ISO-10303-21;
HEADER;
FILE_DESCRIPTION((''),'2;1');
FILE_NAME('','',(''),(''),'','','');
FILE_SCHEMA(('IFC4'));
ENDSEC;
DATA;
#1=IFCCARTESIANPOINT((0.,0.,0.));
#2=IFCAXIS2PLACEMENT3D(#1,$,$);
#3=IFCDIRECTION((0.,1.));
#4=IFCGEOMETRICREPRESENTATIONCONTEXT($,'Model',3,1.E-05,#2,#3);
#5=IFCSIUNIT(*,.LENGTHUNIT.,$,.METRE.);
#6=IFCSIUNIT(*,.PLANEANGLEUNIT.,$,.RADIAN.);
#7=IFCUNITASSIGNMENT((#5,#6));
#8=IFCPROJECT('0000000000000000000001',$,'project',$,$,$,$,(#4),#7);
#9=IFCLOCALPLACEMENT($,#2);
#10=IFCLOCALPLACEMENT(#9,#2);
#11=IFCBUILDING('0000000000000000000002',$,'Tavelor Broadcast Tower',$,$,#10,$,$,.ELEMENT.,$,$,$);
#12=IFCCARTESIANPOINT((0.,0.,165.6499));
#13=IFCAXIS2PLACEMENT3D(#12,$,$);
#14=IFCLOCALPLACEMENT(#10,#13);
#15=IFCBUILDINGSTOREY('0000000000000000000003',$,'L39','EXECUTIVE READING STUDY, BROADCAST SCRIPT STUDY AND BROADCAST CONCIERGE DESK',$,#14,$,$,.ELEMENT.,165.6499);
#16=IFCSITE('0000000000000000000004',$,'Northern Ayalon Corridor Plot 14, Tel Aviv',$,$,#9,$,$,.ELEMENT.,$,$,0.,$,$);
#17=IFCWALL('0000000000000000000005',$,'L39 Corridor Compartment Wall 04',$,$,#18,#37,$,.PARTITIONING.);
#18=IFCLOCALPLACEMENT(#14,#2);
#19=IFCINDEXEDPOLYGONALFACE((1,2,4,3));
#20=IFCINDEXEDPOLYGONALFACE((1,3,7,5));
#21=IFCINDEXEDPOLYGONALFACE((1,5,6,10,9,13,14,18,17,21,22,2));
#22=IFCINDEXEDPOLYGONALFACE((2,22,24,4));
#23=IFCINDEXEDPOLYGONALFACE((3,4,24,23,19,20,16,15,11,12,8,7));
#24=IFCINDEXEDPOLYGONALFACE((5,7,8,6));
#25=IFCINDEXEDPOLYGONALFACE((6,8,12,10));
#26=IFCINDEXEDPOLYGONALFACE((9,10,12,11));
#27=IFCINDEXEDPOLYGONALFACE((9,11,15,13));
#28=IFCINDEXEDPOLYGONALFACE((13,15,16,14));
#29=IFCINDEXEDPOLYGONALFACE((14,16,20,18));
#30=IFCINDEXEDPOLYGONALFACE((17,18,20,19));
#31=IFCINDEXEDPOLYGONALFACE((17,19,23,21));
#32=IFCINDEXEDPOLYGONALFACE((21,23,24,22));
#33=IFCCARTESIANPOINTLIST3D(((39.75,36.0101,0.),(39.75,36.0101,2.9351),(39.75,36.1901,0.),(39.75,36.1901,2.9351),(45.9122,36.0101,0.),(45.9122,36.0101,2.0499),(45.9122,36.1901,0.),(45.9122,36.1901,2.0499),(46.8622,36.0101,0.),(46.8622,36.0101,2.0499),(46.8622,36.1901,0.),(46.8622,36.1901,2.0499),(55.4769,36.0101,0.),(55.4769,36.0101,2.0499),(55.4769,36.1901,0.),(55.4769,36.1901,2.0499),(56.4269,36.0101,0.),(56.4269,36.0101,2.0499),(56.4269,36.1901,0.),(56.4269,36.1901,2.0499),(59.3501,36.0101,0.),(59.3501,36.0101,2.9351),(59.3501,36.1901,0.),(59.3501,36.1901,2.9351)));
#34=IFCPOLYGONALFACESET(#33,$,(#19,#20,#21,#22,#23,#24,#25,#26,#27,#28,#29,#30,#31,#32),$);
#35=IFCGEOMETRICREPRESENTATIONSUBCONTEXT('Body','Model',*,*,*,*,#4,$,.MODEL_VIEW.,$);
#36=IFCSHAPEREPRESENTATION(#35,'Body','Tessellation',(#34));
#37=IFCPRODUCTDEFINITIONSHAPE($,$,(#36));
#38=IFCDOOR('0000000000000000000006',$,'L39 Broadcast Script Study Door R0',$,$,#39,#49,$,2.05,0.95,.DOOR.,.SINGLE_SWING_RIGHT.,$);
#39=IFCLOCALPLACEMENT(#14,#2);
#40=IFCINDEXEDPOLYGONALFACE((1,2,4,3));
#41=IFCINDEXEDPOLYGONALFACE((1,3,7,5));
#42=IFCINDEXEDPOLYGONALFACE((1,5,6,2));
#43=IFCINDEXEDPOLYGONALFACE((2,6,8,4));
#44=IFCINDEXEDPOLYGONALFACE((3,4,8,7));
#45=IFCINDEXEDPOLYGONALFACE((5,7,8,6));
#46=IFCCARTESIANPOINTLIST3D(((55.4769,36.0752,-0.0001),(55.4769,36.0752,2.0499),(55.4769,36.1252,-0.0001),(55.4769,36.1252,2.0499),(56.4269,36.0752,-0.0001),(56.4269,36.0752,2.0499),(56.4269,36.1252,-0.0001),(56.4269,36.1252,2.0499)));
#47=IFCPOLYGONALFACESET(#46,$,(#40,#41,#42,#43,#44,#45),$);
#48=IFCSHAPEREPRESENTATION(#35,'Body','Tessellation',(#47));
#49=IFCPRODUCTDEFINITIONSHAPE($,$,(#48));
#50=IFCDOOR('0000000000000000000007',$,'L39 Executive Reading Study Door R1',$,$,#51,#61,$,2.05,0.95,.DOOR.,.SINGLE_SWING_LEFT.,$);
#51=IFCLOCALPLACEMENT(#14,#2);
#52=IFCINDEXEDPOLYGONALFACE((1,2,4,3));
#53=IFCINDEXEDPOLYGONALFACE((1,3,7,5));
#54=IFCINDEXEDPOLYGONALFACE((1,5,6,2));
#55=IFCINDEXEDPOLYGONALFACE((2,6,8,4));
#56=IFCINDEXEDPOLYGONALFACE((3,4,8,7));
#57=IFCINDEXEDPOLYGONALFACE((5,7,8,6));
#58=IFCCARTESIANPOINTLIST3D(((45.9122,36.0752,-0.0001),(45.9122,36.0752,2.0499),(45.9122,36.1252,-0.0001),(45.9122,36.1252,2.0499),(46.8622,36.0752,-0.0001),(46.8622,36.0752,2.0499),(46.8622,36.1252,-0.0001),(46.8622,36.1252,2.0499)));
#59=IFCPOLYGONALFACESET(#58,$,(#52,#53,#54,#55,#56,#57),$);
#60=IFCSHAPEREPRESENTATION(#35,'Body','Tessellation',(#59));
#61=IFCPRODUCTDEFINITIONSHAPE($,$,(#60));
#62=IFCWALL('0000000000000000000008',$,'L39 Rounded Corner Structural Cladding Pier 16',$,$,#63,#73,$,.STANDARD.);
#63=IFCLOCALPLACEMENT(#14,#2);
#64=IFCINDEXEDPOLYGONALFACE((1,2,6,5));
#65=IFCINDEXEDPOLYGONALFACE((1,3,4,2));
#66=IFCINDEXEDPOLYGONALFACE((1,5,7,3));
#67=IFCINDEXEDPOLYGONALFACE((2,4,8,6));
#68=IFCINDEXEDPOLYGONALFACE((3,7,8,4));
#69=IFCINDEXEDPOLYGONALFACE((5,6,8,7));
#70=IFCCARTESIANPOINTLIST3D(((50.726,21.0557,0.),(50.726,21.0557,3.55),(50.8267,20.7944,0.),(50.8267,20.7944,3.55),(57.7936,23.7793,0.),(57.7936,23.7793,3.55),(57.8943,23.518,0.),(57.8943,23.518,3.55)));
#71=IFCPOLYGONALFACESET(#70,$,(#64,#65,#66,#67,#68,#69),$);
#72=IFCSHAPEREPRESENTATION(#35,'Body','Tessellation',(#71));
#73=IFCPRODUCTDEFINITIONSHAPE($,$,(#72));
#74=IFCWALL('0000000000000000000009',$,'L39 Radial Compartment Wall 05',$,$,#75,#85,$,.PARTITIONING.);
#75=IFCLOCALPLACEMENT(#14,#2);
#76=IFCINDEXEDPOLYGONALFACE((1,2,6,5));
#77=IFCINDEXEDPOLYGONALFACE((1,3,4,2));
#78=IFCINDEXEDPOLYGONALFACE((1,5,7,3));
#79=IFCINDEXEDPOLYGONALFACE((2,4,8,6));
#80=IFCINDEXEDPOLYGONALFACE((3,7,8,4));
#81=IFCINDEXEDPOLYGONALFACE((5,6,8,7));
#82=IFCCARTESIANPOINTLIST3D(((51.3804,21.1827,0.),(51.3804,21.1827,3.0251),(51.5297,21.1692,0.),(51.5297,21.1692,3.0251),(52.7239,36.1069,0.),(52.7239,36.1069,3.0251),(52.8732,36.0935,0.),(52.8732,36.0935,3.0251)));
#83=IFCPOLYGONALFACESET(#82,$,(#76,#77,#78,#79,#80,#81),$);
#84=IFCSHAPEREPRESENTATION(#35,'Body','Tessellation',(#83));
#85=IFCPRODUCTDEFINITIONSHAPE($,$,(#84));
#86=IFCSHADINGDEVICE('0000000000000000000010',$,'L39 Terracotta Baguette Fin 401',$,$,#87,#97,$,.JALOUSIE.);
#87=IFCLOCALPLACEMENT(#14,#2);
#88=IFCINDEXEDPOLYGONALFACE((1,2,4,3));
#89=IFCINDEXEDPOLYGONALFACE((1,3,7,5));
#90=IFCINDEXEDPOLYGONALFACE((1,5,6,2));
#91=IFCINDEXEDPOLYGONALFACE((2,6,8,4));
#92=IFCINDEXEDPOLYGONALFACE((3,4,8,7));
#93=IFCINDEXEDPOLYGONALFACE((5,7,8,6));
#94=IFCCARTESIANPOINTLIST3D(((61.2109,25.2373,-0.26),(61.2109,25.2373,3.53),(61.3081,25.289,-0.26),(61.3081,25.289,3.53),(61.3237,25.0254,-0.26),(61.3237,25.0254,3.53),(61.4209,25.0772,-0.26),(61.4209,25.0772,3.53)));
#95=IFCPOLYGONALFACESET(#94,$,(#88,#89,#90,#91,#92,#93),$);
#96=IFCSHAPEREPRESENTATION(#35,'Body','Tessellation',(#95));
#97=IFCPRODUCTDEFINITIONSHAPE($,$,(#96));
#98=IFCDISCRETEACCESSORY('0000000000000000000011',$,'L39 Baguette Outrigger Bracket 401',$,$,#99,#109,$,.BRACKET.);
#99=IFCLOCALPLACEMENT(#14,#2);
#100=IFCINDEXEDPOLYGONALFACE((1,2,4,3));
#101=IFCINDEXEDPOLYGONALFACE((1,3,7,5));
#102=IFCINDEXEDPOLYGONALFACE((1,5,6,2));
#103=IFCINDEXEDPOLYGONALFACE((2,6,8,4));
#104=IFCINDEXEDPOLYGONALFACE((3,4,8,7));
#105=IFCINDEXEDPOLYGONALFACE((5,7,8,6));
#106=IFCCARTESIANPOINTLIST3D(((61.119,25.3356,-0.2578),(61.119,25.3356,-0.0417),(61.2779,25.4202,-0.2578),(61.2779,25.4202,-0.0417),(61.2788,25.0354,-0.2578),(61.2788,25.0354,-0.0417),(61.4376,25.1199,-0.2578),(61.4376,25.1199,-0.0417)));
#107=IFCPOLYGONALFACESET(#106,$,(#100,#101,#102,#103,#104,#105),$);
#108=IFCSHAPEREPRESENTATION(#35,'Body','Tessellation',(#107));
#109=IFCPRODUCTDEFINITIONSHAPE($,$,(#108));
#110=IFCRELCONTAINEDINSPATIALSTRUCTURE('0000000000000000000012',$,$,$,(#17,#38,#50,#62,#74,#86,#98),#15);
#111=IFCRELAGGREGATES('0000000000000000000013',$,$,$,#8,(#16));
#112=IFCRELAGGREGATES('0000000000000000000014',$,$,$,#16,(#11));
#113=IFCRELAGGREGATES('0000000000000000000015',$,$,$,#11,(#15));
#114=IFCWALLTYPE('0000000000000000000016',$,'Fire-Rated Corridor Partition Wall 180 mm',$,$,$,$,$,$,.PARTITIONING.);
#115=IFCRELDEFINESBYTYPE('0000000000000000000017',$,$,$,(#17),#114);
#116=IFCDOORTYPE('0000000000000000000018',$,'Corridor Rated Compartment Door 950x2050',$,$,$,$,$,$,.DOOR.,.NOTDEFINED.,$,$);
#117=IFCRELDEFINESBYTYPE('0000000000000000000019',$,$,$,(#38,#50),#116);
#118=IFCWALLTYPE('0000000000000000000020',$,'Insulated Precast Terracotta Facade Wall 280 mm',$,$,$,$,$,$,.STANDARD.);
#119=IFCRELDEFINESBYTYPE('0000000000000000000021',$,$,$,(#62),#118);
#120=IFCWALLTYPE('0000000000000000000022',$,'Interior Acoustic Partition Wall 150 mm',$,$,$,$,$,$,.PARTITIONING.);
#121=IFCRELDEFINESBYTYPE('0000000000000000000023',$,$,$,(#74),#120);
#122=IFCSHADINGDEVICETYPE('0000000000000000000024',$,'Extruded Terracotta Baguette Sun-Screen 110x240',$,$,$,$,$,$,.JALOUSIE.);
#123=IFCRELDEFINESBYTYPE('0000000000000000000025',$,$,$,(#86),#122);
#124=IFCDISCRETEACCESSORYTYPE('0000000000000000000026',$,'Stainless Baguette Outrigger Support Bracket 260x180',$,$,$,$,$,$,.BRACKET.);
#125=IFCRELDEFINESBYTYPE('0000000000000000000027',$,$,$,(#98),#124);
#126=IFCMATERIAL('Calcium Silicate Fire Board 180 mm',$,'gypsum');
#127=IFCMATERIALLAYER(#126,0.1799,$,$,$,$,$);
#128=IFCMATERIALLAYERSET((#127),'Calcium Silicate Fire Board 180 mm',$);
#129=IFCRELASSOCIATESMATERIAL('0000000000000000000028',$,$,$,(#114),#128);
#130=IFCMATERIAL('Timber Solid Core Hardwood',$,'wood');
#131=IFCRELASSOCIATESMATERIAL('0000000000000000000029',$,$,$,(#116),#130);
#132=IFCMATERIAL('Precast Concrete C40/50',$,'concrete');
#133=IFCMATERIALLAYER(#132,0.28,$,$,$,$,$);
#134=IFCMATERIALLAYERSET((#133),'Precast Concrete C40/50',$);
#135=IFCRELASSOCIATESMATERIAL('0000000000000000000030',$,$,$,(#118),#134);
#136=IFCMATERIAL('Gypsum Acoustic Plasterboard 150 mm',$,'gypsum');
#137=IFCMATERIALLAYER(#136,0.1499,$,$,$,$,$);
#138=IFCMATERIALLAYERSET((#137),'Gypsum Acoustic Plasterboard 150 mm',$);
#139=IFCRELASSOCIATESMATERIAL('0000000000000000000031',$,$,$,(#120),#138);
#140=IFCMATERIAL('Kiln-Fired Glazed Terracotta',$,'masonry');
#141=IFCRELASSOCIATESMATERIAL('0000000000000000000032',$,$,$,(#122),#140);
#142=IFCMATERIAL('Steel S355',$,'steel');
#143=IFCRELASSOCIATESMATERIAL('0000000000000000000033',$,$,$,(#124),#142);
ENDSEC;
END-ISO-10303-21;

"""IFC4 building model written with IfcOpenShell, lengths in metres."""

from ifc_helpers import new_model, si_unit, direction, frame, frame_2d, origin, origin_2d, place, context, subcontext, project, spatial, rectangle, extrude, source, transform, mapped, material, layer, layer_set, type_object, type_shapes, element, fill, save


model = new_model("IFC4")

# Units and contexts
model_context = context("Model", 3, precision=1e-05, world=origin(), true_north=direction((0.0, 1.0)))
body_context = subcontext(model_context, "Body", "Model", "MODEL_VIEW")
ifc_project = project(units=[si_unit("LENGTHUNIT", "METRE"), si_unit("PLANEANGLEUNIT", "RADIAN")], contexts=[model_context])

# Site, building, storey
site_placement = place(None, origin())
site = spatial("IfcSite", under=ifc_project, at=site_placement, Name="Northern Ayalon Corridor Plot 14, Tel Aviv", CompositionType="ELEMENT", RefElevation=0.0)
building_placement = place(site_placement, origin())
building = spatial("IfcBuilding", under=site, at=building_placement, Name="Tavelor Broadcast Tower", CompositionType="ELEMENT")
storey_placement = place(building_placement, frame((0.0, 0.0, 165.6499)))
storey = spatial("IfcBuildingStorey", under=building, at=storey_placement, Name="L39", Description="EXECUTIVE READING STUDY, BROADCAST SCRIPT STUDY AND BROADCAST CONCIERGE DESK", CompositionType="ELEMENT", Elevation=165.6499)

# Shared definitions
ifc_material_1 = material(Name="Steel S355", Category="steel")

# Wall, openings, doors
ifc_material_2 = material(Name="Calcium Silicate Fire Board 180 mm", Category="gypsum")
ifc_layer_1 = layer(ifc_material_2, 0.1799)
ifc_layer_set_1 = layer_set([ifc_layer_1], Name="Calcium Silicate Fire Board 180 mm")
wall_type_1 = type_object("IfcWallType", Name="Fire-Rated Corridor Partition Wall 180 mm", PredefinedType="PARTITIONING", material=ifc_layer_set_1)
wall_1_placement = place(storey_placement, frame((59.3501, 36.1001, 0.0), z_axis=(0.0, 0.0, 1.0), x_axis=(-1.0, 0.0, 0.0)))
wall_1 = element("IfcWall", 1, at=wall_1_placement, inside=storey, type_object=wall_type_1, Name="L39 Corridor Compartment Wall 04", PredefinedType="PARTITIONING", context=body_context, shape_type="SweptSolid", body=[
    extrude(rectangle(XDim=19.6001, YDim=0.1799, at=frame_2d((9.8, 0.0))), origin(), (0.0, 0.0, 1.0), 2.9351),
])
opening_1_placement = place(wall_1_placement, frame((2.9231, 0.0, 0.0)))
opening_1 = element("IfcOpeningElement", 2, at=opening_1_placement, cuts=wall_1, PredefinedType="OPENING", context=body_context, shape_type="SweptSolid", body=[
    extrude(rectangle(XDim=0.95, YDim=2.05, at=frame_2d((0.4751, 1.0249))), frame((0.0, 0.1001, 0.0), z_axis=(0.0, -1.0, 0.0), x_axis=(1.0, 0.0, 0.0)), (0.0, 0.0, 1.0), 0.2),
])
opening_2_placement = place(wall_1_placement, frame((12.4878, 0.0, 0.0)))
opening_2 = element("IfcOpeningElement", 3, at=opening_2_placement, cuts=wall_1, PredefinedType="OPENING", context=body_context, shape_type="SweptSolid", body=[
    extrude(rectangle(XDim=0.95, YDim=2.05, at=frame_2d((0.4751, 1.0249))), frame((0.0, 0.1001, 0.0), z_axis=(0.0, -1.0, 0.0), x_axis=(1.0, 0.0, 0.0)), (0.0, 0.0, 1.0), 0.2),
])
ifc_material_3 = material(Name="Timber Solid Core Hardwood", Category="wood")
door_type = type_object("IfcDoorType", Name="Corridor Rated Compartment Door 950x2050", OperationType="NOTDEFINED", PredefinedType="DOOR", material=ifc_material_3)
door_1_placement = place(opening_1_placement, origin())
door_1 = element("IfcDoor", 4, at=door_1_placement, inside=storey, type_object=door_type, Name="L39 Broadcast Script Study Door R0", OperationType="SINGLE_SWING_RIGHT", OverallHeight=2.05, OverallWidth=0.95, PredefinedType="DOOR", context=body_context, shape_type="SweptSolid", body=[
    extrude(rectangle(XDim=0.95, YDim=2.05, at=frame_2d((0.4751, 1.0249))), frame((0.0, 0.0249, 0.0), z_axis=(0.0, -1.0, 0.0), x_axis=(1.0, 0.0, 0.0)), (0.0, 0.0, 1.0), 0.05),
])
fill(opening_1, door_1)
door_2_placement = place(opening_2_placement, origin())
door_2 = element("IfcDoor", 5, at=door_2_placement, inside=storey, type_object=door_type, Name="L39 Executive Reading Study Door R1", OperationType="SINGLE_SWING_LEFT", OverallHeight=2.05, OverallWidth=0.95, PredefinedType="DOOR", context=body_context, shape_type="SweptSolid", body=[
    extrude(rectangle(XDim=0.95, YDim=2.05, at=frame_2d((0.4751, 1.0249))), frame((0.0, 0.0249, 0.0), z_axis=(0.0, -1.0, 0.0), x_axis=(1.0, 0.0, 0.0)), (0.0, 0.0, 1.0), 0.05),
])
fill(opening_2, door_2)

# Walls
ifc_material_4 = material(Name="Precast Concrete C40/50", Category="concrete")
ifc_layer_2 = layer(ifc_material_4, 0.28)
ifc_layer_set_2 = layer_set([ifc_layer_2], Name="Precast Concrete C40/50")
wall_type_2 = type_object("IfcWallType", Name="Insulated Precast Terracotta Facade Wall 280 mm", PredefinedType="STANDARD", material=ifc_layer_set_2)
wall_2_placement = place(storey_placement, frame((50.7764, 20.925, 0.0), z_axis=(0.0, 0.0, 1.0), x_axis=(0.93311, 0.35959, 0.0)))
element("IfcWall", 6, at=wall_2_placement, inside=storey, type_object=wall_type_2, Name="L39 Rounded Corner Structural Cladding Pier 16", PredefinedType="STANDARD", context=body_context, shape_type="SweptSolid", body=[
    extrude(rectangle(XDim=7.5742, YDim=0.28, at=frame_2d((3.7871, 0.0))), origin(), (0.0, 0.0, 1.0), 3.55),
])
ifc_material_5 = material(Name="Gypsum Acoustic Plasterboard 150 mm", Category="gypsum")
ifc_layer_3 = layer(ifc_material_5, 0.1499)
ifc_layer_set_3 = layer_set([ifc_layer_3], Name="Gypsum Acoustic Plasterboard 150 mm")
wall_type_3 = type_object("IfcWallType", Name="Interior Acoustic Partition Wall 150 mm", PredefinedType="PARTITIONING", material=ifc_layer_set_3)
wall_3_placement = place(storey_placement, frame((52.7986, 36.1001, 0.0), z_axis=(0.0, 0.0, 1.0), x_axis=(-0.089659, -0.995973, 0.0)))
element("IfcWall", 7, at=wall_3_placement, inside=storey, type_object=wall_type_3, Name="L39 Radial Compartment Wall 05", PredefinedType="PARTITIONING", context=body_context, shape_type="SweptSolid", body=[
    extrude(rectangle(XDim=14.9846, YDim=0.1499, at=frame_2d((7.4922, 0.0))), origin(), (0.0, 0.0, 1.0), 3.0251),
])

# Shading device
ifc_material_6 = material(Name="Kiln-Fired Glazed Terracotta", Category="masonry")
shading_device_type = type_object("IfcShadingDeviceType", Name="Extruded Terracotta Baguette Sun-Screen 110x240", PredefinedType="JALOUSIE", material=ifc_material_6)
shared_shape_1 = source(origin(), body_context, "Body", "SweptSolid", [
    extrude(rectangle(XDim=0.1101, YDim=0.24, at=origin_2d()), origin(), (0.0, 0.0, 1.0), 3.79),
])
type_shapes(shading_device_type, [shared_shape_1])
shading_device_placement = place(storey_placement, frame((61.3159, 25.1572, -0.26), z_axis=(0.0, 0.0, 1.0), x_axis=(0.882784, 0.46978, 0.0)))
element("IfcShadingDevice", 8, at=shading_device_placement, inside=storey, type_object=shading_device_type, Name="L39 Terracotta Baguette Fin 401", PredefinedType="JALOUSIE", context=body_context, shape_type="MappedRepresentation", body=[
    mapped(shared_shape_1, transform((0.0, 0.0, 0.0), scale=1.0)),
])

# Discrete accessory
discrete_accessory_type = type_object("IfcDiscreteAccessoryType", Name="Stainless Baguette Outrigger Support Bracket 260x180", PredefinedType="BRACKET", material=ifc_material_1)
shared_shape_2 = source(origin(), body_context, "Body", "SweptSolid", [
    extrude(rectangle(XDim=0.1799, YDim=0.3401, at=origin_2d()), origin(), (0.0, 0.0, 1.0), 0.2161),
])
type_shapes(discrete_accessory_type, [shared_shape_2])
discrete_accessory_placement = place(storey_placement, frame((61.2783, 25.2278, -0.2578), z_axis=(0.0, 0.0, 1.0), x_axis=(0.882784, 0.46978, 0.0)))
element("IfcDiscreteAccessory", 9, at=discrete_accessory_placement, inside=storey, type_object=discrete_accessory_type, Name="L39 Baguette Outrigger Bracket 401", PredefinedType="BRACKET", context=body_context, shape_type="MappedRepresentation", body=[
    mapped(shared_shape_2, transform((0.0, 0.0, 0.0), scale=1.0)),
])

save(model, "model.ifc")
